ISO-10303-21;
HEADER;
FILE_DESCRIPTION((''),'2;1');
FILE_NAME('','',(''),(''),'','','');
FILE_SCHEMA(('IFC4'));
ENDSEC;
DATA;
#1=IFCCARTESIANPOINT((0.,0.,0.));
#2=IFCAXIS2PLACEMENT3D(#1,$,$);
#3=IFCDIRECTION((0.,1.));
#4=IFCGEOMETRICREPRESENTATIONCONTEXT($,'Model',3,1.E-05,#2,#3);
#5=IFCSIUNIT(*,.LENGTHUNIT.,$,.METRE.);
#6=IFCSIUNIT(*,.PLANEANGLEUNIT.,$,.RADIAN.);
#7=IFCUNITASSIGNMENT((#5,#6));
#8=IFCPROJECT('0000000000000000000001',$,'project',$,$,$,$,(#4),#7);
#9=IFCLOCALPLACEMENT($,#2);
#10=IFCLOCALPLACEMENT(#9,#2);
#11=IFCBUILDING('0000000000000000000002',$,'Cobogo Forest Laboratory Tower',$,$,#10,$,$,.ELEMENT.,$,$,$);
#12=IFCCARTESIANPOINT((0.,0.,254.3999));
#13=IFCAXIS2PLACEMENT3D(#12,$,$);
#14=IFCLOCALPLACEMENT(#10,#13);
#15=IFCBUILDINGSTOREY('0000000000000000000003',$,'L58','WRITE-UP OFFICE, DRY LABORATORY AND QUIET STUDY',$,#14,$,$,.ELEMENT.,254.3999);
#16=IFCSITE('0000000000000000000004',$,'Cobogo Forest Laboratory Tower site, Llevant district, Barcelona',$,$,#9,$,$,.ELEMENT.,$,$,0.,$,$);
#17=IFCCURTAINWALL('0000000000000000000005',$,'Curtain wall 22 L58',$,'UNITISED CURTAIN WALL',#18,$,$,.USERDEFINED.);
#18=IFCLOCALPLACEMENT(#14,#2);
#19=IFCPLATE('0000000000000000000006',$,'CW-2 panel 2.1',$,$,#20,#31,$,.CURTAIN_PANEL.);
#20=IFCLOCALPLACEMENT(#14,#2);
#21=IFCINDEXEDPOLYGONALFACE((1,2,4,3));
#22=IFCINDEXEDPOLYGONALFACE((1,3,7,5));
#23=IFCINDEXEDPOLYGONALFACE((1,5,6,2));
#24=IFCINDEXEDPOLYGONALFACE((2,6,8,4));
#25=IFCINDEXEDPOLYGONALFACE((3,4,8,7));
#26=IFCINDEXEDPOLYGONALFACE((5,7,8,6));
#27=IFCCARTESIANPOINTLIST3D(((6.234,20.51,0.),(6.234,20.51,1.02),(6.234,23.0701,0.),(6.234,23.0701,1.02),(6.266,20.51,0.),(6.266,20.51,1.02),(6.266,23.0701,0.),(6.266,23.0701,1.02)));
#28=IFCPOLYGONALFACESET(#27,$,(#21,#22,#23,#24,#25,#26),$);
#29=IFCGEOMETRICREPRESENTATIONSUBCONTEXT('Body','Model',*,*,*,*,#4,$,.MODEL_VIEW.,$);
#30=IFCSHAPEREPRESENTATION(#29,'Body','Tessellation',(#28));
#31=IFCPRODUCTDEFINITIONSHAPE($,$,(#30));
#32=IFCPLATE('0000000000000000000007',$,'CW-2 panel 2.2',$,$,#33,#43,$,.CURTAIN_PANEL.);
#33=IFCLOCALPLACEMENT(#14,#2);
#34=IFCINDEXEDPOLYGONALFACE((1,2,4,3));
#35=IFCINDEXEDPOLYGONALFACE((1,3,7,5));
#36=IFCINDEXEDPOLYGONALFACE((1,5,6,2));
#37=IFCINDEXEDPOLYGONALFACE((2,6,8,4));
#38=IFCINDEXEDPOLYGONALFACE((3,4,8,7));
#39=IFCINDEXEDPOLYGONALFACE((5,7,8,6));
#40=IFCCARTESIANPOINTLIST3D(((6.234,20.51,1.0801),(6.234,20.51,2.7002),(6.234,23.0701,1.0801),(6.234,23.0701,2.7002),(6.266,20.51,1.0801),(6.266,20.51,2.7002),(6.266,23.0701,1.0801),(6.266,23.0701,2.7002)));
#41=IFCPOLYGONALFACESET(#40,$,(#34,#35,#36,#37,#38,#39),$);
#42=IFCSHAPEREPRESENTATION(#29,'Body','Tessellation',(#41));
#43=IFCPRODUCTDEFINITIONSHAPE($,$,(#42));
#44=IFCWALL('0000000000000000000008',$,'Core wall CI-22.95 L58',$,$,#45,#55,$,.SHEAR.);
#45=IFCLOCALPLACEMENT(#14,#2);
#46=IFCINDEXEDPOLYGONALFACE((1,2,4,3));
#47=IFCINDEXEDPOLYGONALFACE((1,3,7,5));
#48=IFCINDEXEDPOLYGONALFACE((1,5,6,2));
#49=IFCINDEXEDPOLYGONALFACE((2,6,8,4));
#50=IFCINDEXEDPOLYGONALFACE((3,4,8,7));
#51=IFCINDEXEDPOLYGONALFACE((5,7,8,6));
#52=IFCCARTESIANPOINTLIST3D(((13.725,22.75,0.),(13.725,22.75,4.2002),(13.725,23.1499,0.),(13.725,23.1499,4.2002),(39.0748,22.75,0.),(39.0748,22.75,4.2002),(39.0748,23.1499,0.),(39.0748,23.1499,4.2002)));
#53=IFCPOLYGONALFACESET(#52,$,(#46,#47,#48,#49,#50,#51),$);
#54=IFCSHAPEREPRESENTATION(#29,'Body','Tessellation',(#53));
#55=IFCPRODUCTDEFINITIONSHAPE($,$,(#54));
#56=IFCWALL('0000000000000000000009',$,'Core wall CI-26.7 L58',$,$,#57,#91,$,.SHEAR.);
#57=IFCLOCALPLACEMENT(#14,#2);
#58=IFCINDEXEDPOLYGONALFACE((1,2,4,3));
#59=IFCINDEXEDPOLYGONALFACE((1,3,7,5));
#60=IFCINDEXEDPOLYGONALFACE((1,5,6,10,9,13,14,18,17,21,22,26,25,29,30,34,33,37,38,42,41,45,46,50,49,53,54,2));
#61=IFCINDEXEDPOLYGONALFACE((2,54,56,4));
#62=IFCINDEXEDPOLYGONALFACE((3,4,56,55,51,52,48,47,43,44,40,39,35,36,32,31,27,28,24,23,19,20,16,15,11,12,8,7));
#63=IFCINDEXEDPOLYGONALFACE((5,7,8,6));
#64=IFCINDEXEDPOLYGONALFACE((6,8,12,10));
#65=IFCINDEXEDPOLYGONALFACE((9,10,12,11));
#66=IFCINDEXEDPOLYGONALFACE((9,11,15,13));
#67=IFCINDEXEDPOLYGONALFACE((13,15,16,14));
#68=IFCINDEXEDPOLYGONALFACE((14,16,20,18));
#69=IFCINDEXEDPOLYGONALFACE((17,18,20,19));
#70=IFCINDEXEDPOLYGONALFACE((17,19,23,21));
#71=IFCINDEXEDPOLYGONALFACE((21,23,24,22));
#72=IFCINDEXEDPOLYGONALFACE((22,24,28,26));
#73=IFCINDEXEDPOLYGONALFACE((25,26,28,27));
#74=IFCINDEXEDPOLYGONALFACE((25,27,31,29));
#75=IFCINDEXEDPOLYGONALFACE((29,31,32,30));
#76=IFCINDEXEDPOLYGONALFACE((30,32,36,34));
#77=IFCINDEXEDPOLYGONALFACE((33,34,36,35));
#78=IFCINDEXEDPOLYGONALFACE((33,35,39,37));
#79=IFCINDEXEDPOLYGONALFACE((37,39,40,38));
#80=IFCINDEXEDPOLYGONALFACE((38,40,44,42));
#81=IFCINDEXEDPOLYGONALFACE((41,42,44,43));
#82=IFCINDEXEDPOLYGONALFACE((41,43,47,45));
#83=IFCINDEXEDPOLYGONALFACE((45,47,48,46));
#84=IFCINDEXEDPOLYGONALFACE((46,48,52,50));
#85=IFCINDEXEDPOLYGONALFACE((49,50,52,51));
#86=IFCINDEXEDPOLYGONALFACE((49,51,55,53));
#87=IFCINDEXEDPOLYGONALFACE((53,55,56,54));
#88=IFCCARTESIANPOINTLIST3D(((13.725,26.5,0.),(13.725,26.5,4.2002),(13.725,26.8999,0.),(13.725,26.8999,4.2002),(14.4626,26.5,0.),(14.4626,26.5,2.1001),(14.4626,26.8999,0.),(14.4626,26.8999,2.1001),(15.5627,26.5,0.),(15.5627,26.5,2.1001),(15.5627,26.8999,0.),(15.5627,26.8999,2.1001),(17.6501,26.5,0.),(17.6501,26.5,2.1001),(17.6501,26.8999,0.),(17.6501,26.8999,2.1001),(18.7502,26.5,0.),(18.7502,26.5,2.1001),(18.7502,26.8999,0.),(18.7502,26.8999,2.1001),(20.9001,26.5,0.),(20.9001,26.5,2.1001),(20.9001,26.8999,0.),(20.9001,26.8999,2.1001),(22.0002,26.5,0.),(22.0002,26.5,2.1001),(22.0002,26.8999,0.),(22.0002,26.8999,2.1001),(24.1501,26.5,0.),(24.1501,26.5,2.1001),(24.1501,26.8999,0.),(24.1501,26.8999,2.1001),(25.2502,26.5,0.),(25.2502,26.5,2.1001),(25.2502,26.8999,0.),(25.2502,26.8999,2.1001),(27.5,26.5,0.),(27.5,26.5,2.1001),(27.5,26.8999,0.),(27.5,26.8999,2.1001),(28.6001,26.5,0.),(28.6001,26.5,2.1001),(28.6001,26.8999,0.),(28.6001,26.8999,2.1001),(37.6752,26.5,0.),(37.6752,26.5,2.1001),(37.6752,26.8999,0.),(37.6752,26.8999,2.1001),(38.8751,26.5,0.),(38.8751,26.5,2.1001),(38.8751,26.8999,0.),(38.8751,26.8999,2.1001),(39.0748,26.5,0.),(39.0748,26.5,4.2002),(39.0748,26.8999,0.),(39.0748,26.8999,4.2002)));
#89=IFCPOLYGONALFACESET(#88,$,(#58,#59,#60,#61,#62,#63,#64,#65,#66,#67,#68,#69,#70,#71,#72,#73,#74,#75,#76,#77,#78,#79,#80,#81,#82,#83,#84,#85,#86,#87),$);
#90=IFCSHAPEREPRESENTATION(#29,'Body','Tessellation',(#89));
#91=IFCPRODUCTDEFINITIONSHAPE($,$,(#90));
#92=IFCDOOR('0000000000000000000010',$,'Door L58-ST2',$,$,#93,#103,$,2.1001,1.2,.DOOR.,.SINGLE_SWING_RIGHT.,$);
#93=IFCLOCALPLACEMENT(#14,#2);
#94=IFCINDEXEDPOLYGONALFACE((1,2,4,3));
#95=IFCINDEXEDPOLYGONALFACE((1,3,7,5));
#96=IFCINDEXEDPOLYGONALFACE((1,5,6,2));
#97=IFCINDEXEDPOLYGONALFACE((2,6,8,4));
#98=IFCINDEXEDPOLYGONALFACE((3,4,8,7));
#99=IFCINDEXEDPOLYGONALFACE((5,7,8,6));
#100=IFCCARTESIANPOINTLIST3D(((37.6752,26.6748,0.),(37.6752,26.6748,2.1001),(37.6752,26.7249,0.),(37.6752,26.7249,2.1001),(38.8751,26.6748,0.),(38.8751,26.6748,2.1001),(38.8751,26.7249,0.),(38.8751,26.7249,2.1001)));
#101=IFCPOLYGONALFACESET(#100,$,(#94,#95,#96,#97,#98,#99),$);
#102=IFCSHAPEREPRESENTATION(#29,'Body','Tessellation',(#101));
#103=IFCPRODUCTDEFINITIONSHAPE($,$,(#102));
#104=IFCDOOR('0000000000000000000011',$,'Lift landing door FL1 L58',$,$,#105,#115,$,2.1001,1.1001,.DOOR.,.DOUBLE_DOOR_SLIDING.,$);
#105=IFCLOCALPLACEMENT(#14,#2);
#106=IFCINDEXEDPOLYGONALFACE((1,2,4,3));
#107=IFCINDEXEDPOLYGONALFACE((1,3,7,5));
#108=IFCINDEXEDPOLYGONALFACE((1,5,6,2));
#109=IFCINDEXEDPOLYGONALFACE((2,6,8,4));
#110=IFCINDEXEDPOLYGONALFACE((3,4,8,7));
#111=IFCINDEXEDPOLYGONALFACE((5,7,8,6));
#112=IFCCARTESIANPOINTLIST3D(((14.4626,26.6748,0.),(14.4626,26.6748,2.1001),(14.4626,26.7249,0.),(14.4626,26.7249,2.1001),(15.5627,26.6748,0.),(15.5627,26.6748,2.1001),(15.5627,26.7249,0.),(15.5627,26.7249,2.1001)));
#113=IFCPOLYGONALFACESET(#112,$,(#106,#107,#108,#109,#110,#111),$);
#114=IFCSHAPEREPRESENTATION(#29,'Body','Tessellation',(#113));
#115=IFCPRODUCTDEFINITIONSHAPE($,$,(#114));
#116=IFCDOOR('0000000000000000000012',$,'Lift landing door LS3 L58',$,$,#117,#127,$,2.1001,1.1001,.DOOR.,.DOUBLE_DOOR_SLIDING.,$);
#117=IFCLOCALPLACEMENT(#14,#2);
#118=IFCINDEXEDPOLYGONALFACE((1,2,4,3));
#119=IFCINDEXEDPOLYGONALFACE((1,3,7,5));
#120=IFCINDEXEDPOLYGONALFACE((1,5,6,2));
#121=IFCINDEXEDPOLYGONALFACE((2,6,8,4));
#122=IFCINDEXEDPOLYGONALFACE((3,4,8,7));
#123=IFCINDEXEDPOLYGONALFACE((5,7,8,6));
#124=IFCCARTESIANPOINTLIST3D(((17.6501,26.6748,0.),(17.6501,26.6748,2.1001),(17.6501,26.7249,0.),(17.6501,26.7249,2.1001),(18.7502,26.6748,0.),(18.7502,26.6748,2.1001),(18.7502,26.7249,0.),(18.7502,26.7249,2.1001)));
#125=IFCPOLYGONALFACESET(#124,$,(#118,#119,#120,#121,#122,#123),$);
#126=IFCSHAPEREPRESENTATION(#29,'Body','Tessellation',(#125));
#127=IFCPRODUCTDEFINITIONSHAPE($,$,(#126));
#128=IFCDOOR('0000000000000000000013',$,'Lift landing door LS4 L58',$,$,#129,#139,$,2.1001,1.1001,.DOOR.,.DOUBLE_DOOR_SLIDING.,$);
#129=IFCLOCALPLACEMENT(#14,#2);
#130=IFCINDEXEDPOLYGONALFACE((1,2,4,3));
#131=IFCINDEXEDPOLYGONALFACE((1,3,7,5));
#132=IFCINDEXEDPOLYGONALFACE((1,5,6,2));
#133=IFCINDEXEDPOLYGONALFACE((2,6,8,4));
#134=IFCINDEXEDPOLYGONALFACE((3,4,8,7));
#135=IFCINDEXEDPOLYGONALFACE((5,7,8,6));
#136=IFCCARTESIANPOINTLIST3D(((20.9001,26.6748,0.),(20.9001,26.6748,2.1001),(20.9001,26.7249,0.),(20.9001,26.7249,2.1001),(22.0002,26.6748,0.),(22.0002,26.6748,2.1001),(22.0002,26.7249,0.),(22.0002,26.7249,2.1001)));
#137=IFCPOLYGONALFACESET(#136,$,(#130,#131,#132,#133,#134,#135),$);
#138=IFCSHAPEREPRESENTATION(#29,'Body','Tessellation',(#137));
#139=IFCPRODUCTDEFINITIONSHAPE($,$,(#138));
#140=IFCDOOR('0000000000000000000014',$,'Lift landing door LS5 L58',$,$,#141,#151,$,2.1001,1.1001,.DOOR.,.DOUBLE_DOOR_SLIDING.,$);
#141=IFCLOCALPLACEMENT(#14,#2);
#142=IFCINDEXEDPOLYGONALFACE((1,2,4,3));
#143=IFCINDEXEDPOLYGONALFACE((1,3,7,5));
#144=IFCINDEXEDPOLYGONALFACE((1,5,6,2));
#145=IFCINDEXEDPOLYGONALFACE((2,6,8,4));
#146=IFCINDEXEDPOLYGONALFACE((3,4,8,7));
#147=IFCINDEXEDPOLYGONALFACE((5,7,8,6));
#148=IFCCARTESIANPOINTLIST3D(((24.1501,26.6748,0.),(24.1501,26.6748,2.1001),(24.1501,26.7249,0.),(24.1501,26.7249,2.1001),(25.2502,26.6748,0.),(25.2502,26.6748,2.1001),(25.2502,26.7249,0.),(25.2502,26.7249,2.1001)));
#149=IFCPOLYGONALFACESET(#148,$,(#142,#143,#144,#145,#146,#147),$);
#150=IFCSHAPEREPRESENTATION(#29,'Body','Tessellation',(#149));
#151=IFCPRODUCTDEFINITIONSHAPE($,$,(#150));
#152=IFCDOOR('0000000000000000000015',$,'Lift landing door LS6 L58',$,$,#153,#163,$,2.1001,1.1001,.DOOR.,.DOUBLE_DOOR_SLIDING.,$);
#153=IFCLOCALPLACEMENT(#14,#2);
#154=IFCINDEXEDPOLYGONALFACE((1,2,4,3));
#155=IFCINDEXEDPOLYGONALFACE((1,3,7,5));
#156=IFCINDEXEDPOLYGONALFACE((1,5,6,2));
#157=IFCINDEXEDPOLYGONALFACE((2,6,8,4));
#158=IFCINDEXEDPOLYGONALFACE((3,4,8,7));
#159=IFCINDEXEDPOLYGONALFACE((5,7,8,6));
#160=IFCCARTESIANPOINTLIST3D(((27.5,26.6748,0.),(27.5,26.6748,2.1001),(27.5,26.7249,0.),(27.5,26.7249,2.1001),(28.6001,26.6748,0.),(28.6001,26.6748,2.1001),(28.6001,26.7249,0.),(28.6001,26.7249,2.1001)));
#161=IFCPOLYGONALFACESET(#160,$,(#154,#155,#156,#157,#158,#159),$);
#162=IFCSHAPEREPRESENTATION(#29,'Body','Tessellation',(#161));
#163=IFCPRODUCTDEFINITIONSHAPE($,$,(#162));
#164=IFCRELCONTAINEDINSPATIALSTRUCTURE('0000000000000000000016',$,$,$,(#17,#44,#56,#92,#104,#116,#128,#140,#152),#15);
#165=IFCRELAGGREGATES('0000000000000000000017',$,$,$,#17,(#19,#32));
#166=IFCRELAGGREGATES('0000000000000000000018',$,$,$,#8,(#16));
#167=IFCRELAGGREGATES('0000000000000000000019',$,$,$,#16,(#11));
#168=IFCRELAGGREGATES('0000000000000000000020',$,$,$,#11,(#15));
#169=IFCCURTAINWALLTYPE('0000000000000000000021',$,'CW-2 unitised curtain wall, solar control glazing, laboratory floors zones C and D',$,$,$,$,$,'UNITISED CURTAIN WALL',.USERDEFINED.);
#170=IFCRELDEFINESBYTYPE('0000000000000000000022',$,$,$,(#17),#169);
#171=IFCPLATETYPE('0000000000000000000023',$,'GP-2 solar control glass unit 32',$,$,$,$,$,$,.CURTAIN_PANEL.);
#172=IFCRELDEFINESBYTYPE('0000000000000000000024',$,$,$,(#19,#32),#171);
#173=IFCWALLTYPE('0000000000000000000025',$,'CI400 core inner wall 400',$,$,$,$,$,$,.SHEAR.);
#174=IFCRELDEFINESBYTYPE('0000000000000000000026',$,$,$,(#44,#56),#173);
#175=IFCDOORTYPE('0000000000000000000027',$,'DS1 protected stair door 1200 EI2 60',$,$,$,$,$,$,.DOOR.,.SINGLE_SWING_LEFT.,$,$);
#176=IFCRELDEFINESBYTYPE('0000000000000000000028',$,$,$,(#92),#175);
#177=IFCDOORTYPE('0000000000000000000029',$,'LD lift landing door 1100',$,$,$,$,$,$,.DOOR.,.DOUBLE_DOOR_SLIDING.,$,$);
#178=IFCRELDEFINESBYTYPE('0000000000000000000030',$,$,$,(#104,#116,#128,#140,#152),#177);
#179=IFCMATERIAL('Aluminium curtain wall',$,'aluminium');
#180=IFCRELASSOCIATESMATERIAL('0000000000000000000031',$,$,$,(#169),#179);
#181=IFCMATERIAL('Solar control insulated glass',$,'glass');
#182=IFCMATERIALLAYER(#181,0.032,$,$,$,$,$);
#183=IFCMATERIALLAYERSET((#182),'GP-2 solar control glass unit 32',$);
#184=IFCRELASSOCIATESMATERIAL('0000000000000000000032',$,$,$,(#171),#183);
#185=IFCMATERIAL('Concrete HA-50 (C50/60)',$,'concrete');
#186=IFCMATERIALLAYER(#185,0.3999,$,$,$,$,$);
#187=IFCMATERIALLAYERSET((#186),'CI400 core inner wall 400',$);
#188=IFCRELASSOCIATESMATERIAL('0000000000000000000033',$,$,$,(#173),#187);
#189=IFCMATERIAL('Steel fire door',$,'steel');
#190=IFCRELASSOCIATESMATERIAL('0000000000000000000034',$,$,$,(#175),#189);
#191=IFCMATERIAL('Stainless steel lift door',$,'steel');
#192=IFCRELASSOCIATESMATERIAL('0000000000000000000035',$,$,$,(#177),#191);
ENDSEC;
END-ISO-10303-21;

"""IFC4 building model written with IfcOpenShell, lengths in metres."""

from ifc_helpers import new_model, si_unit, direction, frame, frame_2d, origin, origin_2d, place, context, subcontext, project, spatial, rectangle, extrude, material, layer, layer_set, type_object, element, fill, aggregate, save


model = new_model("IFC4")

# Units and contexts
model_context = context("Model", 3, precision=1e-05, world=origin(), true_north=direction((0.0, 1.0)))
body_context = subcontext(model_context, "Body", "Model", "MODEL_VIEW")
ifc_project = project(units=[si_unit("LENGTHUNIT", "METRE"), si_unit("PLANEANGLEUNIT", "RADIAN")], contexts=[model_context])

# Site, building, storey
site_placement = place(None, origin())
site = spatial("IfcSite", under=ifc_project, at=site_placement, Name="Cobogo Forest Laboratory Tower site, Llevant district, Barcelona", CompositionType="ELEMENT", RefElevation=0.0)
building_placement = place(site_placement, origin())
building = spatial("IfcBuilding", under=site, at=building_placement, Name="Cobogo Forest Laboratory Tower", CompositionType="ELEMENT")
storey_placement = place(building_placement, frame((0.0, 0.0, 254.3999)))
storey = spatial("IfcBuildingStorey", under=building, at=storey_placement, Name="L58", Description="WRITE-UP OFFICE, DRY LABORATORY AND QUIET STUDY", CompositionType="ELEMENT", Elevation=254.3999)

# Shared definitions
ifc_material_1 = material(Name="Concrete HA-50 (C50/60)", Category="concrete")

# Shared definitions
ifc_material_2 = material(Name="Aluminium curtain wall", Category="aluminium")
curtain_wall_type = type_object("IfcCurtainWallType", Name="CW-2 unitised curtain wall, solar control glazing, laboratory floors zones C and D", ElementType="UNITISED CURTAIN WALL", PredefinedType="USERDEFINED", material=ifc_material_2)

# Curtain wall
curtain_wall_1_placement = place(storey_placement, origin())
curtain_wall_1 = element("IfcCurtainWall", 1, at=curtain_wall_1_placement, inside=storey, type_object=curtain_wall_type, Name="Curtain wall 22 L58", ObjectType="UNITISED CURTAIN WALL", PredefinedType="USERDEFINED")

# Plates
ifc_material_3 = material(Name="Solar control insulated glass", Category="glass")
ifc_layer_1 = layer(ifc_material_3, 0.032)
ifc_layer_set_1 = layer_set([ifc_layer_1], Name="GP-2 solar control glass unit 32")
plate_type_1 = type_object("IfcPlateType", Name="GP-2 solar control glass unit 32", PredefinedType="CURTAIN_PANEL", material=ifc_layer_set_1)
plate_1_placement = place(storey_placement, frame((6.25, 21.79, 0.0), z_axis=(0.0, 0.0, 1.0), x_axis=(0.0, -1.0, 0.0)))
plate_1 = element("IfcPlate", 2, at=plate_1_placement, type_object=plate_type_1, Name="CW-2 panel 2.1", PredefinedType="CURTAIN_PANEL", context=body_context, shape_type="SweptSolid", body=[
    extrude(rectangle(XDim=2.5601, YDim=0.032, at=origin_2d()), origin(), (0.0, 0.0, 1.0), 1.02),
])
plate_2_placement = place(storey_placement, frame((6.25, 21.79, 1.0801), z_axis=(0.0, 0.0, 1.0), x_axis=(0.0, -1.0, 0.0)))
plate_2 = element("IfcPlate", 3, at=plate_2_placement, type_object=plate_type_1, Name="CW-2 panel 2.2", PredefinedType="CURTAIN_PANEL", context=body_context, shape_type="SweptSolid", body=[
    extrude(rectangle(XDim=2.5601, YDim=0.032, at=origin_2d()), origin(), (0.0, 0.0, 1.0), 1.6201),
])
aggregate(curtain_wall_1, [plate_1, plate_2])

# Wall
ifc_layer_2 = layer(ifc_material_1, 0.3999)
ifc_layer_set_2 = layer_set([ifc_layer_2], Name="CI400 core inner wall 400")
wall_type_1 = type_object("IfcWallType", Name="CI400 core inner wall 400", PredefinedType="SHEAR", material=ifc_layer_set_2)
wall_1_placement = place(storey_placement, frame((13.7251, 22.95, 0.0), z_axis=(0.0, 0.0, 1.0), x_axis=(1.0, 0.0, 0.0)))
element("IfcWall", 4, at=wall_1_placement, inside=storey, type_object=wall_type_1, Name="Core wall CI-22.95 L58", PredefinedType="SHEAR", context=body_context, shape_type="SweptSolid", body=[
    extrude(rectangle(XDim=25.3499, YDim=0.3999, at=frame_2d((12.6748, 0.0))), origin(), (0.0, 0.0, 1.0), 4.2002),
])

# Wall, openings, doors
wall_2_placement = place(storey_placement, frame((13.7251, 26.7, 0.0), z_axis=(0.0, 0.0, 1.0), x_axis=(1.0, 0.0, 0.0)))
wall_2 = element("IfcWall", 5, at=wall_2_placement, inside=storey, type_object=wall_type_1, Name="Core wall CI-26.7 L58", PredefinedType="SHEAR", context=body_context, shape_type="SweptSolid", body=[
    extrude(rectangle(XDim=25.3499, YDim=0.3999, at=frame_2d((12.6748, 0.0))), origin(), (0.0, 0.0, 1.0), 4.2002),
])
opening_1_placement = place(wall_2_placement, frame((23.95, 0.0, 0.0)))
opening_1 = element("IfcOpeningElement", 6, at=opening_1_placement, cuts=wall_2, PredefinedType="OPENING", context=body_context, shape_type="SweptSolid", body=[
    extrude(rectangle(XDim=1.2, YDim=2.1001, at=frame_2d((0.6001, 1.05))), frame((0.0, 0.21, 0.0), z_axis=(0.0, -1.0, 0.0), x_axis=(1.0, 0.0, 0.0)), (0.0, 0.0, 1.0), 0.4199),
])
opening_2_placement = place(wall_2_placement, frame((0.7375, 0.0, 0.0)))
opening_2 = element("IfcOpeningElement", 7, at=opening_2_placement, cuts=wall_2, PredefinedType="OPENING", context=body_context, shape_type="SweptSolid", body=[
    extrude(rectangle(XDim=1.1001, YDim=2.1001, at=frame_2d((0.55, 1.05))), frame((0.0, 0.21, 0.0), z_axis=(0.0, -1.0, 0.0), x_axis=(1.0, 0.0, 0.0)), (0.0, 0.0, 1.0), 0.4199),
])
opening_3_placement = place(wall_2_placement, frame((3.925, 0.0, 0.0)))
opening_3 = element("IfcOpeningElement", 8, at=opening_3_placement, cuts=wall_2, PredefinedType="OPENING", context=body_context, shape_type="SweptSolid", body=[
    extrude(rectangle(XDim=1.1001, YDim=2.1001, at=frame_2d((0.55, 1.05))), frame((0.0, 0.21, 0.0), z_axis=(0.0, -1.0, 0.0), x_axis=(1.0, 0.0, 0.0)), (0.0, 0.0, 1.0), 0.4199),
])
opening_4_placement = place(wall_2_placement, frame((7.175, 0.0, 0.0)))
opening_4 = element("IfcOpeningElement", 9, at=opening_4_placement, cuts=wall_2, PredefinedType="OPENING", context=body_context, shape_type="SweptSolid", body=[
    extrude(rectangle(XDim=1.1001, YDim=2.1001, at=frame_2d((0.55, 1.05))), frame((0.0, 0.21, 0.0), z_axis=(0.0, -1.0, 0.0), x_axis=(1.0, 0.0, 0.0)), (0.0, 0.0, 1.0), 0.4199),
])
opening_5_placement = place(wall_2_placement, frame((10.425, 0.0, 0.0)))
opening_5 = element("IfcOpeningElement", 10, at=opening_5_placement, cuts=wall_2, PredefinedType="OPENING", context=body_context, shape_type="SweptSolid", body=[
    extrude(rectangle(XDim=1.1001, YDim=2.1001, at=frame_2d((0.55, 1.05))), frame((0.0, 0.21, 0.0), z_axis=(0.0, -1.0, 0.0), x_axis=(1.0, 0.0, 0.0)), (0.0, 0.0, 1.0), 0.4199),
])
opening_6_placement = place(wall_2_placement, frame((13.7749, 0.0, 0.0)))
opening_6 = element("IfcOpeningElement", 11, at=opening_6_placement, cuts=wall_2, PredefinedType="OPENING", context=body_context, shape_type="SweptSolid", body=[
    extrude(rectangle(XDim=1.1001, YDim=2.1001, at=frame_2d((0.55, 1.05))), frame((0.0, 0.21, 0.0), z_axis=(0.0, -1.0, 0.0), x_axis=(1.0, 0.0, 0.0)), (0.0, 0.0, 1.0), 0.4199),
])
ifc_material_4 = material(Name="Steel fire door", Category="steel")
door_type_1 = type_object("IfcDoorType", Name="DS1 protected stair door 1200 EI2 60", OperationType="SINGLE_SWING_LEFT", PredefinedType="DOOR", material=ifc_material_4)
door_1_placement = place(opening_1_placement, origin())
door_1 = element("IfcDoor", 12, at=door_1_placement, inside=storey, type_object=door_type_1, Name="Door L58-ST2", OperationType="SINGLE_SWING_RIGHT", OverallHeight=2.1001, OverallWidth=1.2, PredefinedType="DOOR", context=body_context, shape_type="SweptSolid", body=[
    extrude(rectangle(XDim=1.2, YDim=2.1001, at=frame_2d((0.6001, 1.05))), frame((0.0, 0.0249, 0.0), z_axis=(0.0, -1.0, 0.0), x_axis=(1.0, 0.0, 0.0)), (0.0, 0.0, 1.0), 0.05),
])
fill(opening_1, door_1)
ifc_material_5 = material(Name="Stainless steel lift door", Category="steel")
door_type_2 = type_object("IfcDoorType", Name="LD lift landing door 1100", OperationType="DOUBLE_DOOR_SLIDING", PredefinedType="DOOR", material=ifc_material_5)
door_2_placement = place(opening_2_placement, origin())
door_2 = element("IfcDoor", 13, at=door_2_placement, inside=storey, type_object=door_type_2, Name="Lift landing door FL1 L58", OperationType="DOUBLE_DOOR_SLIDING", OverallHeight=2.1001, OverallWidth=1.1001, PredefinedType="DOOR", context=body_context, shape_type="SweptSolid", body=[
    extrude(rectangle(XDim=1.1001, YDim=2.1001, at=frame_2d((0.55, 1.05))), frame((0.0, 0.0249, 0.0), z_axis=(0.0, -1.0, 0.0), x_axis=(1.0, 0.0, 0.0)), (0.0, 0.0, 1.0), 0.05),
])
fill(opening_2, door_2)
door_3_placement = place(opening_3_placement, origin())
door_3 = element("IfcDoor", 14, at=door_3_placement, inside=storey, type_object=door_type_2, Name="Lift landing door LS3 L58", OperationType="DOUBLE_DOOR_SLIDING", OverallHeight=2.1001, OverallWidth=1.1001, PredefinedType="DOOR", context=body_context, shape_type="SweptSolid", body=[
    extrude(rectangle(XDim=1.1001, YDim=2.1001, at=frame_2d((0.55, 1.05))), frame((0.0, 0.0249, 0.0), z_axis=(0.0, -1.0, 0.0), x_axis=(1.0, 0.0, 0.0)), (0.0, 0.0, 1.0), 0.05),
])
fill(opening_3, door_3)
door_4_placement = place(opening_4_placement, origin())
door_4 = element("IfcDoor", 15, at=door_4_placement, inside=storey, type_object=door_type_2, Name="Lift landing door LS4 L58", OperationType="DOUBLE_DOOR_SLIDING", OverallHeight=2.1001, OverallWidth=1.1001, PredefinedType="DOOR", context=body_context, shape_type="SweptSolid", body=[
    extrude(rectangle(XDim=1.1001, YDim=2.1001, at=frame_2d((0.55, 1.05))), frame((0.0, 0.0249, 0.0), z_axis=(0.0, -1.0, 0.0), x_axis=(1.0, 0.0, 0.0)), (0.0, 0.0, 1.0), 0.05),
])
fill(opening_4, door_4)
door_5_placement = place(opening_5_placement, origin())
door_5 = element("IfcDoor", 16, at=door_5_placement, inside=storey, type_object=door_type_2, Name="Lift landing door LS5 L58", OperationType="DOUBLE_DOOR_SLIDING", OverallHeight=2.1001, OverallWidth=1.1001, PredefinedType="DOOR", context=body_context, shape_type="SweptSolid", body=[
    extrude(rectangle(XDim=1.1001, YDim=2.1001, at=frame_2d((0.55, 1.05))), frame((0.0, 0.0249, 0.0), z_axis=(0.0, -1.0, 0.0), x_axis=(1.0, 0.0, 0.0)), (0.0, 0.0, 1.0), 0.05),
])
fill(opening_5, door_5)
door_6_placement = place(opening_6_placement, origin())
door_6 = element("IfcDoor", 17, at=door_6_placement, inside=storey, type_object=door_type_2, Name="Lift landing door LS6 L58", OperationType="DOUBLE_DOOR_SLIDING", OverallHeight=2.1001, OverallWidth=1.1001, PredefinedType="DOOR", context=body_context, shape_type="SweptSolid", body=[
    extrude(rectangle(XDim=1.1001, YDim=2.1001, at=frame_2d((0.55, 1.05))), frame((0.0, 0.0249, 0.0), z_axis=(0.0, -1.0, 0.0), x_axis=(1.0, 0.0, 0.0)), (0.0, 0.0, 1.0), 0.05),
])
fill(opening_6, door_6)

save(model, "model.ifc")
